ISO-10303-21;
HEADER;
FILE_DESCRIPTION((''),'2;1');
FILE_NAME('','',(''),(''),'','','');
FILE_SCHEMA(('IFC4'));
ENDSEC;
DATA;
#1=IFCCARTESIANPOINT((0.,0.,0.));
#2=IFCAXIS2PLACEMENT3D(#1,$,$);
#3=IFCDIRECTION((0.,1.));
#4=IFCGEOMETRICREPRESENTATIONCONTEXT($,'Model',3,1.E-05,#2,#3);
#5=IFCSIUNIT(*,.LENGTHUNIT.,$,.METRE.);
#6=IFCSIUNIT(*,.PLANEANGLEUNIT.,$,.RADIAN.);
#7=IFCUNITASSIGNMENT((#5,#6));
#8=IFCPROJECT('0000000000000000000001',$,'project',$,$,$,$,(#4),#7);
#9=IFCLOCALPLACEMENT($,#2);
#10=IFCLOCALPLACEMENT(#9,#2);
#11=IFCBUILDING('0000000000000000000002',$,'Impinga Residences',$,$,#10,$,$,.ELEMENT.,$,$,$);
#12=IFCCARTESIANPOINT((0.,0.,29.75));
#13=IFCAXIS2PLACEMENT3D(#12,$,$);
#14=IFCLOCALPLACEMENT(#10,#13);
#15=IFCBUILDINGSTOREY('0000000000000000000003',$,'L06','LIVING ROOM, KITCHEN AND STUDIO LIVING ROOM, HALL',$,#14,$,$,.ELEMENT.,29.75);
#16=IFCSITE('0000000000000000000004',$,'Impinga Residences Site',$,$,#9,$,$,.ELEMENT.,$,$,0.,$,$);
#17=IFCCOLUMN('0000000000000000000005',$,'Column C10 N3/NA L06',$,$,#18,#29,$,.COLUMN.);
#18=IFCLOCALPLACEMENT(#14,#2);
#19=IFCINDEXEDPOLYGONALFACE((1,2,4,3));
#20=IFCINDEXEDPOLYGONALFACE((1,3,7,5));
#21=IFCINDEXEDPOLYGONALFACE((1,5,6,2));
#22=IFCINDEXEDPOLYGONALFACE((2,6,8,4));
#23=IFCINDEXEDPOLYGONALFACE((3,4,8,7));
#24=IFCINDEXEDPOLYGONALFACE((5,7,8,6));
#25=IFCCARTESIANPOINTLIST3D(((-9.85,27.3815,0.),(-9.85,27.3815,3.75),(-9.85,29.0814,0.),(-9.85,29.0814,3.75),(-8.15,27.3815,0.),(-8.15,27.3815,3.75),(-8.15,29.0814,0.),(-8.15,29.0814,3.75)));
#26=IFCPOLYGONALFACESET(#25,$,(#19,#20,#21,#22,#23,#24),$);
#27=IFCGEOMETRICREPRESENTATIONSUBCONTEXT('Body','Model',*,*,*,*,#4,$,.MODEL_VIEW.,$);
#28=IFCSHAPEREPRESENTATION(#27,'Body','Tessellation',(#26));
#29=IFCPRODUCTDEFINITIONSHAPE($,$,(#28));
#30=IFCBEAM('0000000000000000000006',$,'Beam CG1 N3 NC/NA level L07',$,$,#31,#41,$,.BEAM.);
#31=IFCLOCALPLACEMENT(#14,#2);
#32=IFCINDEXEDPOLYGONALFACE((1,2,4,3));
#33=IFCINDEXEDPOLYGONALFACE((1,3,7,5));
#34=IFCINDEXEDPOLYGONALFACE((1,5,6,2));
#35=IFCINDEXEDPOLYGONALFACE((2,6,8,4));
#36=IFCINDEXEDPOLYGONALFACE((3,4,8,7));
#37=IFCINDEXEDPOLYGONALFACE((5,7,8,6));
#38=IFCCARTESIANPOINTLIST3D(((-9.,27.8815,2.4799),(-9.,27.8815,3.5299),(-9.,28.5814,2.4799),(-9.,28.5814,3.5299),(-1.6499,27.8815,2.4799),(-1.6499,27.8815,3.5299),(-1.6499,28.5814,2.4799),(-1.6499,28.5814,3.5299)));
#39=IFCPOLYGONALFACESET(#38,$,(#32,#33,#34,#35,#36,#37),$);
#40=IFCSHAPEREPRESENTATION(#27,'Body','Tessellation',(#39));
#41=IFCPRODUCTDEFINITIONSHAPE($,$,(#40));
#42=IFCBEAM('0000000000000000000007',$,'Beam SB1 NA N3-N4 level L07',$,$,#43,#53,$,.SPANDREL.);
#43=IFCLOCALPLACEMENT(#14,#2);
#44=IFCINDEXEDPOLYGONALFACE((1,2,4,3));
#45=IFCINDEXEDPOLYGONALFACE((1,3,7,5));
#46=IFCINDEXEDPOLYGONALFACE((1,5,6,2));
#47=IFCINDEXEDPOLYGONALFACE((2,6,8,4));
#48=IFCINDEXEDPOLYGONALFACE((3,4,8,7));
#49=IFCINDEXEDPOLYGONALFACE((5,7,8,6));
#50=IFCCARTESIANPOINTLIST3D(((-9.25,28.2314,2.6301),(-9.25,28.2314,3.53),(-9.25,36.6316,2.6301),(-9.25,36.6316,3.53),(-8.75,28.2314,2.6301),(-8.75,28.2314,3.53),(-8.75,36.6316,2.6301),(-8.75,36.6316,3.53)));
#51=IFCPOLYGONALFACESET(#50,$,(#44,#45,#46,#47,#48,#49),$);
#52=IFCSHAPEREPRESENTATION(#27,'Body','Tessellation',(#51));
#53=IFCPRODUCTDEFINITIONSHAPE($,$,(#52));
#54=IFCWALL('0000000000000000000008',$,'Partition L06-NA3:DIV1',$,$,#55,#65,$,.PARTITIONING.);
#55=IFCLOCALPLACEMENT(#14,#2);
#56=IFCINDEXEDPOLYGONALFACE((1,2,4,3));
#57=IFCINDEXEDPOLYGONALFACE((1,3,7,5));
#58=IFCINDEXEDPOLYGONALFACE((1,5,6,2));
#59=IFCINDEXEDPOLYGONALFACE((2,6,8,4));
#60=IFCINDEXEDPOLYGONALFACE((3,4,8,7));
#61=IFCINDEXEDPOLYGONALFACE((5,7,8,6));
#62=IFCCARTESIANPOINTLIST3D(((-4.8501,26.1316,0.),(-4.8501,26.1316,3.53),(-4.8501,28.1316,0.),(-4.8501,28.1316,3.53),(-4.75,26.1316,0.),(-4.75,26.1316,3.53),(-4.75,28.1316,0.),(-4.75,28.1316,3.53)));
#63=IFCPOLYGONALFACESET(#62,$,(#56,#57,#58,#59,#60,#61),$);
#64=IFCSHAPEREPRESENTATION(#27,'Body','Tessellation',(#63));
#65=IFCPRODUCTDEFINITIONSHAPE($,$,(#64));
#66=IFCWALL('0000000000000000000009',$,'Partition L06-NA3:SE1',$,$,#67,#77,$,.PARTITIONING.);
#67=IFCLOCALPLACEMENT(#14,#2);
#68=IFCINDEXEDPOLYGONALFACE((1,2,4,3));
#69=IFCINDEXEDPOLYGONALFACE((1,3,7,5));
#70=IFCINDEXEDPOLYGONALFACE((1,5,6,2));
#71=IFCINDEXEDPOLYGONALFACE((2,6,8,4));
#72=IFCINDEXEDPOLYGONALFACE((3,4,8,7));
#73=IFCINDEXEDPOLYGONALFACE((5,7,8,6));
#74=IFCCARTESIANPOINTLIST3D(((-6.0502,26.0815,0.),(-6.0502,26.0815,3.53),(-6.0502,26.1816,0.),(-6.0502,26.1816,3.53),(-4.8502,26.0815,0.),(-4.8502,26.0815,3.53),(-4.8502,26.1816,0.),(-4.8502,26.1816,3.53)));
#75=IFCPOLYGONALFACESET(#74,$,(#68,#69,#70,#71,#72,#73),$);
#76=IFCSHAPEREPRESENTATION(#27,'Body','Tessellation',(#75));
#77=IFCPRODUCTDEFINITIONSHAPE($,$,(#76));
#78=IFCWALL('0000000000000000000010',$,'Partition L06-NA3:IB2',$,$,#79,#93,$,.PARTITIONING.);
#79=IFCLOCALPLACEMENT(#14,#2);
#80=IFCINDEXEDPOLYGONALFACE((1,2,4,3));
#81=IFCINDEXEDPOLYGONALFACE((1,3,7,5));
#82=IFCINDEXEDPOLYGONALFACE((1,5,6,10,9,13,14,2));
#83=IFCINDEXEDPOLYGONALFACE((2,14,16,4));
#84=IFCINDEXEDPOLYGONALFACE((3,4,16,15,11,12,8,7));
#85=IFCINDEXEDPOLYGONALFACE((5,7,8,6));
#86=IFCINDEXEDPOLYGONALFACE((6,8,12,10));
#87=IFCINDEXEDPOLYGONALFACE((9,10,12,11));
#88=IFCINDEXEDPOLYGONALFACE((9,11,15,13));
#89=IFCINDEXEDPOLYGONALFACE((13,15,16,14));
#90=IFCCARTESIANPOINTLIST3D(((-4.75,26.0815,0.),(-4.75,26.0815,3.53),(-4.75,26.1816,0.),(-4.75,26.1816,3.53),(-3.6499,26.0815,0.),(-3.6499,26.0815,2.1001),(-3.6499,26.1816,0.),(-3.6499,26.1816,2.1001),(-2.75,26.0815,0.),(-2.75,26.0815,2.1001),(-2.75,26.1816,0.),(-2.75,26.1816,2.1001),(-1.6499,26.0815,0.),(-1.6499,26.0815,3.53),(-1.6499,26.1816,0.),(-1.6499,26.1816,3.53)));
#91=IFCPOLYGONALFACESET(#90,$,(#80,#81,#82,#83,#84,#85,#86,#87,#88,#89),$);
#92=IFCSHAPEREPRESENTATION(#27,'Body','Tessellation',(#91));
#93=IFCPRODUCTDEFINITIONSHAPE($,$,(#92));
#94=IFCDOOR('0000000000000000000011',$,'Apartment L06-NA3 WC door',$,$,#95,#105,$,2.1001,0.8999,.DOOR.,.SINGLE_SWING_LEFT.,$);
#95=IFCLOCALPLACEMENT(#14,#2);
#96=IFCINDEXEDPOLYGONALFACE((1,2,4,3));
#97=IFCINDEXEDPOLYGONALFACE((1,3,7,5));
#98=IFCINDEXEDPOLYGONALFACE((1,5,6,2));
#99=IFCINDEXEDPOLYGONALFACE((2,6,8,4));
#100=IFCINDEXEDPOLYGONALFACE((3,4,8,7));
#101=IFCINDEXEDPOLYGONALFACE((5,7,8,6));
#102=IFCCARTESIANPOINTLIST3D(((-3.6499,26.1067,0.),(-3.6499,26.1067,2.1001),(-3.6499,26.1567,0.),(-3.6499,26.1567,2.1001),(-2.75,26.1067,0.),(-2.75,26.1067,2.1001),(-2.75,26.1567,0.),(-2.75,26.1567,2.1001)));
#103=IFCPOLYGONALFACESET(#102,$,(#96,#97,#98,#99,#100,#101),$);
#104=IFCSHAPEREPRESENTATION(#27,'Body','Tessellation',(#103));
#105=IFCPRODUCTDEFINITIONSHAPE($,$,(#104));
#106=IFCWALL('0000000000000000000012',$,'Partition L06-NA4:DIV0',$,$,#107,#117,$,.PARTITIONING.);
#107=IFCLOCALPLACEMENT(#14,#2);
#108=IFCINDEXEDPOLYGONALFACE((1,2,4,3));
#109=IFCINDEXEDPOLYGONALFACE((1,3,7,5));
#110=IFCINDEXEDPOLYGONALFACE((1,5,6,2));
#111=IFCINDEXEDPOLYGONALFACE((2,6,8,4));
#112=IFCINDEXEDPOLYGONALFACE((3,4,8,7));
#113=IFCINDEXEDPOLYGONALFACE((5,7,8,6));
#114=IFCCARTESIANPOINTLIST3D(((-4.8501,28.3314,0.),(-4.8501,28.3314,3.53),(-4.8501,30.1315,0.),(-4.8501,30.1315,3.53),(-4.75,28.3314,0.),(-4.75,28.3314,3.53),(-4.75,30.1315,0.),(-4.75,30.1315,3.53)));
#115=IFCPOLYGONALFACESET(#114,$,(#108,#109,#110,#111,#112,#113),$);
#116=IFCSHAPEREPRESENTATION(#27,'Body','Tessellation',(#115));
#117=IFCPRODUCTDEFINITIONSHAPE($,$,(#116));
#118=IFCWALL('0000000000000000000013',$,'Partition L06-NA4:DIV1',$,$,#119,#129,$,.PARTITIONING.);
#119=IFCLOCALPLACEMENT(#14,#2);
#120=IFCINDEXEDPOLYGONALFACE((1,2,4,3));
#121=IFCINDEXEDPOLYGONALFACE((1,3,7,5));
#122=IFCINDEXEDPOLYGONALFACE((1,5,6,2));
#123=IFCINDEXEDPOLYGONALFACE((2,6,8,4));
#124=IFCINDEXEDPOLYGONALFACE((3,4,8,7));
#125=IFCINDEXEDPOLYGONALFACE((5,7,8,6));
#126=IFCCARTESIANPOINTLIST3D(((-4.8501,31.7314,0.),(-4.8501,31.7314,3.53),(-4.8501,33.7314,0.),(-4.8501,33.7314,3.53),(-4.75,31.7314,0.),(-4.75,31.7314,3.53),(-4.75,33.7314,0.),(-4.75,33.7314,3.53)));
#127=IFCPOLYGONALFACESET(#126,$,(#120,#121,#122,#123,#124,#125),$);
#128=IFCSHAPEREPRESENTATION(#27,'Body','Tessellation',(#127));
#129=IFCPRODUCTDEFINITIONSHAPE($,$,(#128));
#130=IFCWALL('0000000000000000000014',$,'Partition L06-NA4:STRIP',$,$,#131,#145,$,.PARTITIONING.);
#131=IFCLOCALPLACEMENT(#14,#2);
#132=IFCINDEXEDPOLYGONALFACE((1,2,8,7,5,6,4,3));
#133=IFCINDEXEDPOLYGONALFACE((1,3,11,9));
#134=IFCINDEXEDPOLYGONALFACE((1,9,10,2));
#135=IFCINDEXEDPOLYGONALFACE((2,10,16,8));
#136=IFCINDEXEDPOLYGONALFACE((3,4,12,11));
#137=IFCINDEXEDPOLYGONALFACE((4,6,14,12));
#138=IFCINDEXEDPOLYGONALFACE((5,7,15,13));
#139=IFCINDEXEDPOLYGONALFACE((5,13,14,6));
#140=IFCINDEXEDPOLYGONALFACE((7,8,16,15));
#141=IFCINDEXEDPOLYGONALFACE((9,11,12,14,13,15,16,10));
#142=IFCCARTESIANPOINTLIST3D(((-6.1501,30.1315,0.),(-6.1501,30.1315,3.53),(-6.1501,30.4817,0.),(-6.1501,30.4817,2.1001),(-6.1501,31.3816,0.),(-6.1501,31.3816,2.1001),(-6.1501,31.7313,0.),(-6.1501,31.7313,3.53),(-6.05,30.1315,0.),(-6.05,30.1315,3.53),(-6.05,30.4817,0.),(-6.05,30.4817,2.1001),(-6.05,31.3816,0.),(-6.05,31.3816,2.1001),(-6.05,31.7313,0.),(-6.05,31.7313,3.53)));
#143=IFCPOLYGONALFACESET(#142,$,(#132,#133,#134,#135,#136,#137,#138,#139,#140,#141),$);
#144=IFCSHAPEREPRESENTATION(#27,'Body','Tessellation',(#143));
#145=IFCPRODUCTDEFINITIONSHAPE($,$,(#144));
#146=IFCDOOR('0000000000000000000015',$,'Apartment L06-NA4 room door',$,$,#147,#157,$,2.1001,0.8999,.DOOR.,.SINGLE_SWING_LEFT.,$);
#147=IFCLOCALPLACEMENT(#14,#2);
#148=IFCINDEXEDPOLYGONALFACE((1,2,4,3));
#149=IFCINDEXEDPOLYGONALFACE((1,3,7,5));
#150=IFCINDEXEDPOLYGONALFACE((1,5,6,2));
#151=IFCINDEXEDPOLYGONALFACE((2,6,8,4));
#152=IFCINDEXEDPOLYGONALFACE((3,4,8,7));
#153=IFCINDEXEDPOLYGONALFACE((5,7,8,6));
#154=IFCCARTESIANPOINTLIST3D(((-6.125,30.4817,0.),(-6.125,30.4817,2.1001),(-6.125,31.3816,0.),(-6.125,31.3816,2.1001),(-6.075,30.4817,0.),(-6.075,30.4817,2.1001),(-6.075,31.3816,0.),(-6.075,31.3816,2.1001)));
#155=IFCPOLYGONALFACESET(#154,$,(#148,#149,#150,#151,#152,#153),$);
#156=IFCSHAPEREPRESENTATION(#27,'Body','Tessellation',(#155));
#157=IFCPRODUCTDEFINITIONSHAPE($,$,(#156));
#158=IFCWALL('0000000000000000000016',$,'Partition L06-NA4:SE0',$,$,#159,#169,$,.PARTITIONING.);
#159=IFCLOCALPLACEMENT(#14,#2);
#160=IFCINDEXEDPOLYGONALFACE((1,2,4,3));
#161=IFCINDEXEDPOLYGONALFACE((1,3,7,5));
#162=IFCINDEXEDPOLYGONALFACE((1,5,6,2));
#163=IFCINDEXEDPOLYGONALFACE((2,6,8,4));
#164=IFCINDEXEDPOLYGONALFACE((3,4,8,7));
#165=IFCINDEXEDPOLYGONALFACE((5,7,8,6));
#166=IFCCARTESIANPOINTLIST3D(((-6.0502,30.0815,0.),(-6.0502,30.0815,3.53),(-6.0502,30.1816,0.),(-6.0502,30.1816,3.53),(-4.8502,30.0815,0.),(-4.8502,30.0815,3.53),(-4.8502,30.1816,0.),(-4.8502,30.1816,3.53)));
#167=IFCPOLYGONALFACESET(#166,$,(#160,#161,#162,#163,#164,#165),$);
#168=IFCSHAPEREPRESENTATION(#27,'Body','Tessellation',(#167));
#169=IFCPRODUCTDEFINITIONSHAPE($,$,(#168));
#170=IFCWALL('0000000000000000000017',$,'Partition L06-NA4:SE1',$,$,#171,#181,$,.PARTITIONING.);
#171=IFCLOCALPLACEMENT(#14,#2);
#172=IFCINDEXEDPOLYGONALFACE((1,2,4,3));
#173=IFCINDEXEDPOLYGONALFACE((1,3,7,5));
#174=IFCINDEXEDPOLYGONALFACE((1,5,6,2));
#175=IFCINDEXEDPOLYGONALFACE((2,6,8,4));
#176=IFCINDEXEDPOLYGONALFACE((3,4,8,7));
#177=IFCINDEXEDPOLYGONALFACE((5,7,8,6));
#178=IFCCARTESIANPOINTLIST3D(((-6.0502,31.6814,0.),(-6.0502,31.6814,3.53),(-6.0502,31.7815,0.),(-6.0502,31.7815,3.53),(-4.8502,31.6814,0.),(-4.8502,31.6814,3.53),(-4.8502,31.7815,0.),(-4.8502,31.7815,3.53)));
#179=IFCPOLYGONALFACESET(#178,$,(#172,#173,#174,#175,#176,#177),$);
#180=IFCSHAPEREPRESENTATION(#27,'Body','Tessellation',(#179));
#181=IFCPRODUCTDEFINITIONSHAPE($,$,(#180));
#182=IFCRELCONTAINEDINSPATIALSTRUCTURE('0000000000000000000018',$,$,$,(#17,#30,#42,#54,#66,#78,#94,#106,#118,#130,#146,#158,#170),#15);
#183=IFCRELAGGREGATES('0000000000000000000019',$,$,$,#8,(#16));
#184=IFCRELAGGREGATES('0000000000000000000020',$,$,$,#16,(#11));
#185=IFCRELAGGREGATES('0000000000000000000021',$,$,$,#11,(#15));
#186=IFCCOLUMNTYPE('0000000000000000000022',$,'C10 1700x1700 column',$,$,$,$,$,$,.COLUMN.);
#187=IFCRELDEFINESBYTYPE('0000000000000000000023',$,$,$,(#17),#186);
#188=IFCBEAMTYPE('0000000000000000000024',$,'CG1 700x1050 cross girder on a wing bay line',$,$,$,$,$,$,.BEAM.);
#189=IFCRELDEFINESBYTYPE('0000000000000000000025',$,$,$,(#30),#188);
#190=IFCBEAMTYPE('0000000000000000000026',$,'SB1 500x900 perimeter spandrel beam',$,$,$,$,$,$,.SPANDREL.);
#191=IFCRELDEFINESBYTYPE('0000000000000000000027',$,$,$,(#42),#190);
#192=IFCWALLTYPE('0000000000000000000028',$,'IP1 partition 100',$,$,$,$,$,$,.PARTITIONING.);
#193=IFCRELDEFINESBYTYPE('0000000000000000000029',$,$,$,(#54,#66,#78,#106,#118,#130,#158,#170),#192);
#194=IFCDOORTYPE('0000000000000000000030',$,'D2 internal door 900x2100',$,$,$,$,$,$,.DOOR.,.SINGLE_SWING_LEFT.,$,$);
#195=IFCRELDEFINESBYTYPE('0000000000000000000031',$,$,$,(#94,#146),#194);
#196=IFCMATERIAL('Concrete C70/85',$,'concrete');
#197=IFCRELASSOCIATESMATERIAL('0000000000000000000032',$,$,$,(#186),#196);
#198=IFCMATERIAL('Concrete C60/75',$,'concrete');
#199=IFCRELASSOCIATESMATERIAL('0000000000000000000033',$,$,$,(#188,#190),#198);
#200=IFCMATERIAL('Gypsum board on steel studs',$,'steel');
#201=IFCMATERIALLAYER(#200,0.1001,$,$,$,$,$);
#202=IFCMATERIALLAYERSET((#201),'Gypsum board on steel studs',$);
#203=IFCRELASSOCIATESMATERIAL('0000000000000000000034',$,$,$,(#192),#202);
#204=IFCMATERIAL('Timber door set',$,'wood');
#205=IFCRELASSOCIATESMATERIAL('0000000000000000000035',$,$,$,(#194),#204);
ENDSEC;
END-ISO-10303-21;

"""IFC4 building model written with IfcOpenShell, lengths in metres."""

from ifc_helpers import new_model, si_unit, direction, frame, frame_2d, origin, origin_2d, place, context, subcontext, project, spatial, rectangle, extrude, material, layer, layer_set, material_profile, profile_set, type_object, element, fill, save


model = new_model("IFC4")

# Units and contexts
model_context = context("Model", 3, precision=1e-05, world=origin(), true_north=direction((0.0, 1.0)))
body_context = subcontext(model_context, "Body", "Model", "MODEL_VIEW")
ifc_project = project(units=[si_unit("LENGTHUNIT", "METRE"), si_unit("PLANEANGLEUNIT", "RADIAN")], contexts=[model_context])

# Site, building, storey
site_placement = place(None, origin())
site = spatial("IfcSite", under=ifc_project, at=site_placement, Name="Impinga Residences Site", CompositionType="ELEMENT", RefElevation=0.0)
building_placement = place(site_placement, origin())
building = spatial("IfcBuilding", under=site, at=building_placement, Name="Impinga Residences", CompositionType="ELEMENT")
storey_placement = place(building_placement, frame((0.0, 0.0, 29.75)))
storey = spatial("IfcBuildingStorey", under=building, at=storey_placement, Name="L06", Description="LIVING ROOM, KITCHEN AND STUDIO LIVING ROOM, HALL", CompositionType="ELEMENT", Elevation=29.75)

# Column
ifc_material_1 = material(Name="Concrete C70/85", Category="concrete")
ifc_material_profile_1 = material_profile(ifc_material_1, rectangle(XDim=1.7, YDim=1.7, at=origin_2d()), Name="RC 1700x1700")
ifc_profile_set_1 = profile_set([ifc_material_profile_1], Name="Concrete C70/85")
column_type = type_object("IfcColumnType", Name="C10 1700x1700 column", PredefinedType="COLUMN", material=ifc_profile_set_1)
column_placement = place(storey_placement, frame((-9.0, 28.2314, 0.0), z_axis=(0.0, 0.0, 1.0), x_axis=(1.0, 0.0, 0.0)))
element("IfcColumn", 1, at=column_placement, inside=storey, type_object=column_type, Name="Column C10 N3/NA L06", PredefinedType="COLUMN", context=body_context, shape_type="SweptSolid", body=[
    extrude(rectangle(XDim=1.7, YDim=1.7, at=origin_2d()), origin(), (0.0, 0.0, 1.0), 3.75),
])

# Beams
ifc_material_2 = material(Name="Concrete C60/75", Category="concrete")
ifc_material_profile_2 = material_profile(ifc_material_2, rectangle(XDim=0.7, YDim=1.05, at=origin_2d()), Name="RC 700x1050")
ifc_profile_set_2 = profile_set([ifc_material_profile_2], Name="Concrete C60/75")
beam_type_1 = type_object("IfcBeamType", Name="CG1 700x1050 cross girder on a wing bay line", PredefinedType="BEAM", material=ifc_profile_set_2)
beam_1_placement = place(storey_placement, frame((-1.6499, 28.2314, 3.0049), z_axis=(-1.0, 0.0, 0.0), x_axis=(0.0, -1.0, 0.0)))
element("IfcBeam", 2, at=beam_1_placement, inside=storey, type_object=beam_type_1, Name="Beam CG1 N3 NC/NA level L07", PredefinedType="BEAM", context=body_context, shape_type="SweptSolid", body=[
    extrude(rectangle(XDim=0.7, YDim=1.05, at=origin_2d()), origin(), (0.0, 0.0, 1.0), 7.3501),
])
ifc_material_profile_3 = material_profile(ifc_material_2, rectangle(XDim=0.5, YDim=0.8999, at=origin_2d()), Name="RC 500x900")
ifc_profile_set_3 = profile_set([ifc_material_profile_3], Name="Concrete C60/75")
beam_type_2 = type_object("IfcBeamType", Name="SB1 500x900 perimeter spandrel beam", PredefinedType="SPANDREL", material=ifc_profile_set_3)
beam_2_placement = place(storey_placement, frame((-9.0, 28.2314, 3.0801), z_axis=(0.0, 1.0, 0.0), x_axis=(-1.0, 0.0, 0.0)))
element("IfcBeam", 3, at=beam_2_placement, inside=storey, type_object=beam_type_2, Name="Beam SB1 NA N3-N4 level L07", PredefinedType="SPANDREL", context=body_context, shape_type="SweptSolid", body=[
    extrude(rectangle(XDim=0.5, YDim=0.8999, at=origin_2d()), origin(), (0.0, 0.0, 1.0), 8.4001),
])

# Walls
ifc_material_3 = material(Name="Gypsum board on steel studs", Category="steel")
ifc_layer_1 = layer(ifc_material_3, 0.1001)
ifc_layer_set_1 = layer_set([ifc_layer_1], Name="Gypsum board on steel studs")
wall_type_1 = type_object("IfcWallType", Name="IP1 partition 100", PredefinedType="PARTITIONING", material=ifc_layer_set_1)
wall_1_placement = place(storey_placement, frame((-4.8, 26.1316, 0.0), z_axis=(0.0, 0.0, 1.0), x_axis=(0.0, 1.0, 0.0)))
element("IfcWall", 4, at=wall_1_placement, inside=storey, type_object=wall_type_1, Name="Partition L06-NA3:DIV1", PredefinedType="PARTITIONING", context=body_context, shape_type="SweptSolid", body=[
    extrude(rectangle(XDim=2.0, YDim=0.1001, at=frame_2d((1.0, 0.0))), origin(), (0.0, 0.0, 1.0), 3.53),
])
wall_2_placement = place(storey_placement, frame((-4.8501, 26.1316, 0.0), z_axis=(0.0, 0.0, 1.0), x_axis=(-1.0, 0.0, 0.0)))
element("IfcWall", 5, at=wall_2_placement, inside=storey, type_object=wall_type_1, Name="Partition L06-NA3:SE1", PredefinedType="PARTITIONING", context=body_context, shape_type="SweptSolid", body=[
    extrude(rectangle(XDim=1.2, YDim=0.1001, at=frame_2d((0.6001, 0.0))), origin(), (0.0, 0.0, 1.0), 3.53),
])

# Wall, opening, door
wall_3_placement = place(storey_placement, frame((-1.6499, 26.1316, 0.0), z_axis=(0.0, 0.0, 1.0), x_axis=(-1.0, 0.0, 0.0)))
wall_3 = element("IfcWall", 6, at=wall_3_placement, inside=storey, type_object=wall_type_1, Name="Partition L06-NA3:IB2", PredefinedType="PARTITIONING", context=body_context, shape_type="SweptSolid", body=[
    extrude(rectangle(XDim=3.1001, YDim=0.1001, at=frame_2d((1.55, 0.0))), origin(), (0.0, 0.0, 1.0), 3.53),
])
opening_1_placement = place(wall_3_placement, frame((1.1001, 0.0, 0.0)))
opening_1 = element("IfcOpeningElement", 7, at=opening_1_placement, cuts=wall_3, PredefinedType="OPENING", context=body_context, shape_type="SweptSolid", body=[
    extrude(rectangle(XDim=0.8999, YDim=2.1001, at=frame_2d((0.45, 1.05))), frame((0.0, 0.0601, 0.0), z_axis=(0.0, -1.0, 0.0), x_axis=(1.0, 0.0, 0.0)), (0.0, 0.0, 1.0), 0.1201),
])
ifc_material_4 = material(Name="Timber door set", Category="wood")
door_type = type_object("IfcDoorType", Name="D2 internal door 900x2100", OperationType="SINGLE_SWING_LEFT", PredefinedType="DOOR", material=ifc_material_4)
door_1_placement = place(opening_1_placement, origin())
door_1 = element("IfcDoor", 8, at=door_1_placement, inside=storey, type_object=door_type, Name="Apartment L06-NA3 WC door", OperationType="SINGLE_SWING_LEFT", OverallHeight=2.1001, OverallWidth=0.8999, PredefinedType="DOOR", context=body_context, shape_type="SweptSolid", body=[
    extrude(rectangle(XDim=0.8999, YDim=2.1001, at=frame_2d((0.45, 1.05))), frame((0.0, 0.0249, 0.0), z_axis=(0.0, -1.0, 0.0), x_axis=(1.0, 0.0, 0.0)), (0.0, 0.0, 1.0), 0.05),
])
fill(opening_1, door_1)

# Walls
wall_4_placement = place(storey_placement, frame((-4.8, 28.3315, 0.0), z_axis=(0.0, 0.0, 1.0), x_axis=(0.0, 1.0, 0.0)))
element("IfcWall", 9, at=wall_4_placement, inside=storey, type_object=wall_type_1, Name="Partition L06-NA4:DIV0", PredefinedType="PARTITIONING", context=body_context, shape_type="SweptSolid", body=[
    extrude(rectangle(XDim=1.8, YDim=0.1001, at=frame_2d((0.8999, 0.0))), origin(), (0.0, 0.0, 1.0), 3.53),
])
wall_5_placement = place(storey_placement, frame((-4.8, 31.7314, 0.0), z_axis=(0.0, 0.0, 1.0), x_axis=(0.0, 1.0, 0.0)))
element("IfcWall", 10, at=wall_5_placement, inside=storey, type_object=wall_type_1, Name="Partition L06-NA4:DIV1", PredefinedType="PARTITIONING", context=body_context, shape_type="SweptSolid", body=[
    extrude(rectangle(XDim=2.0, YDim=0.1001, at=frame_2d((1.0, 0.0))), origin(), (0.0, 0.0, 1.0), 3.53),
])

# Wall, opening, door
wall_6_placement = place(storey_placement, frame((-6.1001, 30.1316, 0.0), z_axis=(0.0, 0.0, 1.0), x_axis=(0.0, 1.0, 0.0)))
wall_6 = element("IfcWall", 11, at=wall_6_placement, inside=storey, type_object=wall_type_1, Name="Partition L06-NA4:STRIP", PredefinedType="PARTITIONING", context=body_context, shape_type="SweptSolid", body=[
    extrude(rectangle(XDim=1.5999, YDim=0.1001, at=frame_2d((0.7998, 0.0))), origin(), (0.0, 0.0, 1.0), 3.53),
])
opening_2_placement = place(wall_6_placement, frame((0.3501, 0.0, 0.0)))
opening_2 = element("IfcOpeningElement", 12, at=opening_2_placement, cuts=wall_6, PredefinedType="OPENING", context=body_context, shape_type="SweptSolid", body=[
    extrude(rectangle(XDim=0.8999, YDim=2.1001, at=frame_2d((0.45, 1.05))), frame((0.0, 0.0601, 0.0), z_axis=(0.0, -1.0, 0.0), x_axis=(1.0, 0.0, 0.0)), (0.0, 0.0, 1.0), 0.1201),
])
door_2_placement = place(opening_2_placement, origin())
door_2 = element("IfcDoor", 13, at=door_2_placement, inside=storey, type_object=door_type, Name="Apartment L06-NA4 room door", OperationType="SINGLE_SWING_LEFT", OverallHeight=2.1001, OverallWidth=0.8999, PredefinedType="DOOR", context=body_context, shape_type="SweptSolid", body=[
    extrude(rectangle(XDim=0.8999, YDim=2.1001, at=frame_2d((0.45, 1.05))), frame((0.0, 0.0249, 0.0), z_axis=(0.0, -1.0, 0.0), x_axis=(1.0, 0.0, 0.0)), (0.0, 0.0, 1.0), 0.05),
])
fill(opening_2, door_2)

# Walls
for number, where, z_axis, x_axis, name in (
    (14, (-4.8501, 30.1316, 0.0), (0.0, 0.0, 1.0), (-1.0, 0.0, 0.0), "Partition L06-NA4:SE0"),
    (15, (-4.8501, 31.7314, 0.0), (0.0, 0.0, 1.0), (-1.0, 0.0, 0.0), "Partition L06-NA4:SE1"),
):
    element("IfcWall", number, at=place(storey_placement, frame(where, z_axis=z_axis, x_axis=x_axis)), inside=storey, type_object=wall_type_1, Name=name, PredefinedType="PARTITIONING", context=body_context, shape_type="SweptSolid", body=[
        extrude(rectangle(XDim=1.2, YDim=0.1001, at=frame_2d((0.6001, 0.0))), origin(), (0.0, 0.0, 1.0), 3.53),
    ])

save(model, "model.ifc")
